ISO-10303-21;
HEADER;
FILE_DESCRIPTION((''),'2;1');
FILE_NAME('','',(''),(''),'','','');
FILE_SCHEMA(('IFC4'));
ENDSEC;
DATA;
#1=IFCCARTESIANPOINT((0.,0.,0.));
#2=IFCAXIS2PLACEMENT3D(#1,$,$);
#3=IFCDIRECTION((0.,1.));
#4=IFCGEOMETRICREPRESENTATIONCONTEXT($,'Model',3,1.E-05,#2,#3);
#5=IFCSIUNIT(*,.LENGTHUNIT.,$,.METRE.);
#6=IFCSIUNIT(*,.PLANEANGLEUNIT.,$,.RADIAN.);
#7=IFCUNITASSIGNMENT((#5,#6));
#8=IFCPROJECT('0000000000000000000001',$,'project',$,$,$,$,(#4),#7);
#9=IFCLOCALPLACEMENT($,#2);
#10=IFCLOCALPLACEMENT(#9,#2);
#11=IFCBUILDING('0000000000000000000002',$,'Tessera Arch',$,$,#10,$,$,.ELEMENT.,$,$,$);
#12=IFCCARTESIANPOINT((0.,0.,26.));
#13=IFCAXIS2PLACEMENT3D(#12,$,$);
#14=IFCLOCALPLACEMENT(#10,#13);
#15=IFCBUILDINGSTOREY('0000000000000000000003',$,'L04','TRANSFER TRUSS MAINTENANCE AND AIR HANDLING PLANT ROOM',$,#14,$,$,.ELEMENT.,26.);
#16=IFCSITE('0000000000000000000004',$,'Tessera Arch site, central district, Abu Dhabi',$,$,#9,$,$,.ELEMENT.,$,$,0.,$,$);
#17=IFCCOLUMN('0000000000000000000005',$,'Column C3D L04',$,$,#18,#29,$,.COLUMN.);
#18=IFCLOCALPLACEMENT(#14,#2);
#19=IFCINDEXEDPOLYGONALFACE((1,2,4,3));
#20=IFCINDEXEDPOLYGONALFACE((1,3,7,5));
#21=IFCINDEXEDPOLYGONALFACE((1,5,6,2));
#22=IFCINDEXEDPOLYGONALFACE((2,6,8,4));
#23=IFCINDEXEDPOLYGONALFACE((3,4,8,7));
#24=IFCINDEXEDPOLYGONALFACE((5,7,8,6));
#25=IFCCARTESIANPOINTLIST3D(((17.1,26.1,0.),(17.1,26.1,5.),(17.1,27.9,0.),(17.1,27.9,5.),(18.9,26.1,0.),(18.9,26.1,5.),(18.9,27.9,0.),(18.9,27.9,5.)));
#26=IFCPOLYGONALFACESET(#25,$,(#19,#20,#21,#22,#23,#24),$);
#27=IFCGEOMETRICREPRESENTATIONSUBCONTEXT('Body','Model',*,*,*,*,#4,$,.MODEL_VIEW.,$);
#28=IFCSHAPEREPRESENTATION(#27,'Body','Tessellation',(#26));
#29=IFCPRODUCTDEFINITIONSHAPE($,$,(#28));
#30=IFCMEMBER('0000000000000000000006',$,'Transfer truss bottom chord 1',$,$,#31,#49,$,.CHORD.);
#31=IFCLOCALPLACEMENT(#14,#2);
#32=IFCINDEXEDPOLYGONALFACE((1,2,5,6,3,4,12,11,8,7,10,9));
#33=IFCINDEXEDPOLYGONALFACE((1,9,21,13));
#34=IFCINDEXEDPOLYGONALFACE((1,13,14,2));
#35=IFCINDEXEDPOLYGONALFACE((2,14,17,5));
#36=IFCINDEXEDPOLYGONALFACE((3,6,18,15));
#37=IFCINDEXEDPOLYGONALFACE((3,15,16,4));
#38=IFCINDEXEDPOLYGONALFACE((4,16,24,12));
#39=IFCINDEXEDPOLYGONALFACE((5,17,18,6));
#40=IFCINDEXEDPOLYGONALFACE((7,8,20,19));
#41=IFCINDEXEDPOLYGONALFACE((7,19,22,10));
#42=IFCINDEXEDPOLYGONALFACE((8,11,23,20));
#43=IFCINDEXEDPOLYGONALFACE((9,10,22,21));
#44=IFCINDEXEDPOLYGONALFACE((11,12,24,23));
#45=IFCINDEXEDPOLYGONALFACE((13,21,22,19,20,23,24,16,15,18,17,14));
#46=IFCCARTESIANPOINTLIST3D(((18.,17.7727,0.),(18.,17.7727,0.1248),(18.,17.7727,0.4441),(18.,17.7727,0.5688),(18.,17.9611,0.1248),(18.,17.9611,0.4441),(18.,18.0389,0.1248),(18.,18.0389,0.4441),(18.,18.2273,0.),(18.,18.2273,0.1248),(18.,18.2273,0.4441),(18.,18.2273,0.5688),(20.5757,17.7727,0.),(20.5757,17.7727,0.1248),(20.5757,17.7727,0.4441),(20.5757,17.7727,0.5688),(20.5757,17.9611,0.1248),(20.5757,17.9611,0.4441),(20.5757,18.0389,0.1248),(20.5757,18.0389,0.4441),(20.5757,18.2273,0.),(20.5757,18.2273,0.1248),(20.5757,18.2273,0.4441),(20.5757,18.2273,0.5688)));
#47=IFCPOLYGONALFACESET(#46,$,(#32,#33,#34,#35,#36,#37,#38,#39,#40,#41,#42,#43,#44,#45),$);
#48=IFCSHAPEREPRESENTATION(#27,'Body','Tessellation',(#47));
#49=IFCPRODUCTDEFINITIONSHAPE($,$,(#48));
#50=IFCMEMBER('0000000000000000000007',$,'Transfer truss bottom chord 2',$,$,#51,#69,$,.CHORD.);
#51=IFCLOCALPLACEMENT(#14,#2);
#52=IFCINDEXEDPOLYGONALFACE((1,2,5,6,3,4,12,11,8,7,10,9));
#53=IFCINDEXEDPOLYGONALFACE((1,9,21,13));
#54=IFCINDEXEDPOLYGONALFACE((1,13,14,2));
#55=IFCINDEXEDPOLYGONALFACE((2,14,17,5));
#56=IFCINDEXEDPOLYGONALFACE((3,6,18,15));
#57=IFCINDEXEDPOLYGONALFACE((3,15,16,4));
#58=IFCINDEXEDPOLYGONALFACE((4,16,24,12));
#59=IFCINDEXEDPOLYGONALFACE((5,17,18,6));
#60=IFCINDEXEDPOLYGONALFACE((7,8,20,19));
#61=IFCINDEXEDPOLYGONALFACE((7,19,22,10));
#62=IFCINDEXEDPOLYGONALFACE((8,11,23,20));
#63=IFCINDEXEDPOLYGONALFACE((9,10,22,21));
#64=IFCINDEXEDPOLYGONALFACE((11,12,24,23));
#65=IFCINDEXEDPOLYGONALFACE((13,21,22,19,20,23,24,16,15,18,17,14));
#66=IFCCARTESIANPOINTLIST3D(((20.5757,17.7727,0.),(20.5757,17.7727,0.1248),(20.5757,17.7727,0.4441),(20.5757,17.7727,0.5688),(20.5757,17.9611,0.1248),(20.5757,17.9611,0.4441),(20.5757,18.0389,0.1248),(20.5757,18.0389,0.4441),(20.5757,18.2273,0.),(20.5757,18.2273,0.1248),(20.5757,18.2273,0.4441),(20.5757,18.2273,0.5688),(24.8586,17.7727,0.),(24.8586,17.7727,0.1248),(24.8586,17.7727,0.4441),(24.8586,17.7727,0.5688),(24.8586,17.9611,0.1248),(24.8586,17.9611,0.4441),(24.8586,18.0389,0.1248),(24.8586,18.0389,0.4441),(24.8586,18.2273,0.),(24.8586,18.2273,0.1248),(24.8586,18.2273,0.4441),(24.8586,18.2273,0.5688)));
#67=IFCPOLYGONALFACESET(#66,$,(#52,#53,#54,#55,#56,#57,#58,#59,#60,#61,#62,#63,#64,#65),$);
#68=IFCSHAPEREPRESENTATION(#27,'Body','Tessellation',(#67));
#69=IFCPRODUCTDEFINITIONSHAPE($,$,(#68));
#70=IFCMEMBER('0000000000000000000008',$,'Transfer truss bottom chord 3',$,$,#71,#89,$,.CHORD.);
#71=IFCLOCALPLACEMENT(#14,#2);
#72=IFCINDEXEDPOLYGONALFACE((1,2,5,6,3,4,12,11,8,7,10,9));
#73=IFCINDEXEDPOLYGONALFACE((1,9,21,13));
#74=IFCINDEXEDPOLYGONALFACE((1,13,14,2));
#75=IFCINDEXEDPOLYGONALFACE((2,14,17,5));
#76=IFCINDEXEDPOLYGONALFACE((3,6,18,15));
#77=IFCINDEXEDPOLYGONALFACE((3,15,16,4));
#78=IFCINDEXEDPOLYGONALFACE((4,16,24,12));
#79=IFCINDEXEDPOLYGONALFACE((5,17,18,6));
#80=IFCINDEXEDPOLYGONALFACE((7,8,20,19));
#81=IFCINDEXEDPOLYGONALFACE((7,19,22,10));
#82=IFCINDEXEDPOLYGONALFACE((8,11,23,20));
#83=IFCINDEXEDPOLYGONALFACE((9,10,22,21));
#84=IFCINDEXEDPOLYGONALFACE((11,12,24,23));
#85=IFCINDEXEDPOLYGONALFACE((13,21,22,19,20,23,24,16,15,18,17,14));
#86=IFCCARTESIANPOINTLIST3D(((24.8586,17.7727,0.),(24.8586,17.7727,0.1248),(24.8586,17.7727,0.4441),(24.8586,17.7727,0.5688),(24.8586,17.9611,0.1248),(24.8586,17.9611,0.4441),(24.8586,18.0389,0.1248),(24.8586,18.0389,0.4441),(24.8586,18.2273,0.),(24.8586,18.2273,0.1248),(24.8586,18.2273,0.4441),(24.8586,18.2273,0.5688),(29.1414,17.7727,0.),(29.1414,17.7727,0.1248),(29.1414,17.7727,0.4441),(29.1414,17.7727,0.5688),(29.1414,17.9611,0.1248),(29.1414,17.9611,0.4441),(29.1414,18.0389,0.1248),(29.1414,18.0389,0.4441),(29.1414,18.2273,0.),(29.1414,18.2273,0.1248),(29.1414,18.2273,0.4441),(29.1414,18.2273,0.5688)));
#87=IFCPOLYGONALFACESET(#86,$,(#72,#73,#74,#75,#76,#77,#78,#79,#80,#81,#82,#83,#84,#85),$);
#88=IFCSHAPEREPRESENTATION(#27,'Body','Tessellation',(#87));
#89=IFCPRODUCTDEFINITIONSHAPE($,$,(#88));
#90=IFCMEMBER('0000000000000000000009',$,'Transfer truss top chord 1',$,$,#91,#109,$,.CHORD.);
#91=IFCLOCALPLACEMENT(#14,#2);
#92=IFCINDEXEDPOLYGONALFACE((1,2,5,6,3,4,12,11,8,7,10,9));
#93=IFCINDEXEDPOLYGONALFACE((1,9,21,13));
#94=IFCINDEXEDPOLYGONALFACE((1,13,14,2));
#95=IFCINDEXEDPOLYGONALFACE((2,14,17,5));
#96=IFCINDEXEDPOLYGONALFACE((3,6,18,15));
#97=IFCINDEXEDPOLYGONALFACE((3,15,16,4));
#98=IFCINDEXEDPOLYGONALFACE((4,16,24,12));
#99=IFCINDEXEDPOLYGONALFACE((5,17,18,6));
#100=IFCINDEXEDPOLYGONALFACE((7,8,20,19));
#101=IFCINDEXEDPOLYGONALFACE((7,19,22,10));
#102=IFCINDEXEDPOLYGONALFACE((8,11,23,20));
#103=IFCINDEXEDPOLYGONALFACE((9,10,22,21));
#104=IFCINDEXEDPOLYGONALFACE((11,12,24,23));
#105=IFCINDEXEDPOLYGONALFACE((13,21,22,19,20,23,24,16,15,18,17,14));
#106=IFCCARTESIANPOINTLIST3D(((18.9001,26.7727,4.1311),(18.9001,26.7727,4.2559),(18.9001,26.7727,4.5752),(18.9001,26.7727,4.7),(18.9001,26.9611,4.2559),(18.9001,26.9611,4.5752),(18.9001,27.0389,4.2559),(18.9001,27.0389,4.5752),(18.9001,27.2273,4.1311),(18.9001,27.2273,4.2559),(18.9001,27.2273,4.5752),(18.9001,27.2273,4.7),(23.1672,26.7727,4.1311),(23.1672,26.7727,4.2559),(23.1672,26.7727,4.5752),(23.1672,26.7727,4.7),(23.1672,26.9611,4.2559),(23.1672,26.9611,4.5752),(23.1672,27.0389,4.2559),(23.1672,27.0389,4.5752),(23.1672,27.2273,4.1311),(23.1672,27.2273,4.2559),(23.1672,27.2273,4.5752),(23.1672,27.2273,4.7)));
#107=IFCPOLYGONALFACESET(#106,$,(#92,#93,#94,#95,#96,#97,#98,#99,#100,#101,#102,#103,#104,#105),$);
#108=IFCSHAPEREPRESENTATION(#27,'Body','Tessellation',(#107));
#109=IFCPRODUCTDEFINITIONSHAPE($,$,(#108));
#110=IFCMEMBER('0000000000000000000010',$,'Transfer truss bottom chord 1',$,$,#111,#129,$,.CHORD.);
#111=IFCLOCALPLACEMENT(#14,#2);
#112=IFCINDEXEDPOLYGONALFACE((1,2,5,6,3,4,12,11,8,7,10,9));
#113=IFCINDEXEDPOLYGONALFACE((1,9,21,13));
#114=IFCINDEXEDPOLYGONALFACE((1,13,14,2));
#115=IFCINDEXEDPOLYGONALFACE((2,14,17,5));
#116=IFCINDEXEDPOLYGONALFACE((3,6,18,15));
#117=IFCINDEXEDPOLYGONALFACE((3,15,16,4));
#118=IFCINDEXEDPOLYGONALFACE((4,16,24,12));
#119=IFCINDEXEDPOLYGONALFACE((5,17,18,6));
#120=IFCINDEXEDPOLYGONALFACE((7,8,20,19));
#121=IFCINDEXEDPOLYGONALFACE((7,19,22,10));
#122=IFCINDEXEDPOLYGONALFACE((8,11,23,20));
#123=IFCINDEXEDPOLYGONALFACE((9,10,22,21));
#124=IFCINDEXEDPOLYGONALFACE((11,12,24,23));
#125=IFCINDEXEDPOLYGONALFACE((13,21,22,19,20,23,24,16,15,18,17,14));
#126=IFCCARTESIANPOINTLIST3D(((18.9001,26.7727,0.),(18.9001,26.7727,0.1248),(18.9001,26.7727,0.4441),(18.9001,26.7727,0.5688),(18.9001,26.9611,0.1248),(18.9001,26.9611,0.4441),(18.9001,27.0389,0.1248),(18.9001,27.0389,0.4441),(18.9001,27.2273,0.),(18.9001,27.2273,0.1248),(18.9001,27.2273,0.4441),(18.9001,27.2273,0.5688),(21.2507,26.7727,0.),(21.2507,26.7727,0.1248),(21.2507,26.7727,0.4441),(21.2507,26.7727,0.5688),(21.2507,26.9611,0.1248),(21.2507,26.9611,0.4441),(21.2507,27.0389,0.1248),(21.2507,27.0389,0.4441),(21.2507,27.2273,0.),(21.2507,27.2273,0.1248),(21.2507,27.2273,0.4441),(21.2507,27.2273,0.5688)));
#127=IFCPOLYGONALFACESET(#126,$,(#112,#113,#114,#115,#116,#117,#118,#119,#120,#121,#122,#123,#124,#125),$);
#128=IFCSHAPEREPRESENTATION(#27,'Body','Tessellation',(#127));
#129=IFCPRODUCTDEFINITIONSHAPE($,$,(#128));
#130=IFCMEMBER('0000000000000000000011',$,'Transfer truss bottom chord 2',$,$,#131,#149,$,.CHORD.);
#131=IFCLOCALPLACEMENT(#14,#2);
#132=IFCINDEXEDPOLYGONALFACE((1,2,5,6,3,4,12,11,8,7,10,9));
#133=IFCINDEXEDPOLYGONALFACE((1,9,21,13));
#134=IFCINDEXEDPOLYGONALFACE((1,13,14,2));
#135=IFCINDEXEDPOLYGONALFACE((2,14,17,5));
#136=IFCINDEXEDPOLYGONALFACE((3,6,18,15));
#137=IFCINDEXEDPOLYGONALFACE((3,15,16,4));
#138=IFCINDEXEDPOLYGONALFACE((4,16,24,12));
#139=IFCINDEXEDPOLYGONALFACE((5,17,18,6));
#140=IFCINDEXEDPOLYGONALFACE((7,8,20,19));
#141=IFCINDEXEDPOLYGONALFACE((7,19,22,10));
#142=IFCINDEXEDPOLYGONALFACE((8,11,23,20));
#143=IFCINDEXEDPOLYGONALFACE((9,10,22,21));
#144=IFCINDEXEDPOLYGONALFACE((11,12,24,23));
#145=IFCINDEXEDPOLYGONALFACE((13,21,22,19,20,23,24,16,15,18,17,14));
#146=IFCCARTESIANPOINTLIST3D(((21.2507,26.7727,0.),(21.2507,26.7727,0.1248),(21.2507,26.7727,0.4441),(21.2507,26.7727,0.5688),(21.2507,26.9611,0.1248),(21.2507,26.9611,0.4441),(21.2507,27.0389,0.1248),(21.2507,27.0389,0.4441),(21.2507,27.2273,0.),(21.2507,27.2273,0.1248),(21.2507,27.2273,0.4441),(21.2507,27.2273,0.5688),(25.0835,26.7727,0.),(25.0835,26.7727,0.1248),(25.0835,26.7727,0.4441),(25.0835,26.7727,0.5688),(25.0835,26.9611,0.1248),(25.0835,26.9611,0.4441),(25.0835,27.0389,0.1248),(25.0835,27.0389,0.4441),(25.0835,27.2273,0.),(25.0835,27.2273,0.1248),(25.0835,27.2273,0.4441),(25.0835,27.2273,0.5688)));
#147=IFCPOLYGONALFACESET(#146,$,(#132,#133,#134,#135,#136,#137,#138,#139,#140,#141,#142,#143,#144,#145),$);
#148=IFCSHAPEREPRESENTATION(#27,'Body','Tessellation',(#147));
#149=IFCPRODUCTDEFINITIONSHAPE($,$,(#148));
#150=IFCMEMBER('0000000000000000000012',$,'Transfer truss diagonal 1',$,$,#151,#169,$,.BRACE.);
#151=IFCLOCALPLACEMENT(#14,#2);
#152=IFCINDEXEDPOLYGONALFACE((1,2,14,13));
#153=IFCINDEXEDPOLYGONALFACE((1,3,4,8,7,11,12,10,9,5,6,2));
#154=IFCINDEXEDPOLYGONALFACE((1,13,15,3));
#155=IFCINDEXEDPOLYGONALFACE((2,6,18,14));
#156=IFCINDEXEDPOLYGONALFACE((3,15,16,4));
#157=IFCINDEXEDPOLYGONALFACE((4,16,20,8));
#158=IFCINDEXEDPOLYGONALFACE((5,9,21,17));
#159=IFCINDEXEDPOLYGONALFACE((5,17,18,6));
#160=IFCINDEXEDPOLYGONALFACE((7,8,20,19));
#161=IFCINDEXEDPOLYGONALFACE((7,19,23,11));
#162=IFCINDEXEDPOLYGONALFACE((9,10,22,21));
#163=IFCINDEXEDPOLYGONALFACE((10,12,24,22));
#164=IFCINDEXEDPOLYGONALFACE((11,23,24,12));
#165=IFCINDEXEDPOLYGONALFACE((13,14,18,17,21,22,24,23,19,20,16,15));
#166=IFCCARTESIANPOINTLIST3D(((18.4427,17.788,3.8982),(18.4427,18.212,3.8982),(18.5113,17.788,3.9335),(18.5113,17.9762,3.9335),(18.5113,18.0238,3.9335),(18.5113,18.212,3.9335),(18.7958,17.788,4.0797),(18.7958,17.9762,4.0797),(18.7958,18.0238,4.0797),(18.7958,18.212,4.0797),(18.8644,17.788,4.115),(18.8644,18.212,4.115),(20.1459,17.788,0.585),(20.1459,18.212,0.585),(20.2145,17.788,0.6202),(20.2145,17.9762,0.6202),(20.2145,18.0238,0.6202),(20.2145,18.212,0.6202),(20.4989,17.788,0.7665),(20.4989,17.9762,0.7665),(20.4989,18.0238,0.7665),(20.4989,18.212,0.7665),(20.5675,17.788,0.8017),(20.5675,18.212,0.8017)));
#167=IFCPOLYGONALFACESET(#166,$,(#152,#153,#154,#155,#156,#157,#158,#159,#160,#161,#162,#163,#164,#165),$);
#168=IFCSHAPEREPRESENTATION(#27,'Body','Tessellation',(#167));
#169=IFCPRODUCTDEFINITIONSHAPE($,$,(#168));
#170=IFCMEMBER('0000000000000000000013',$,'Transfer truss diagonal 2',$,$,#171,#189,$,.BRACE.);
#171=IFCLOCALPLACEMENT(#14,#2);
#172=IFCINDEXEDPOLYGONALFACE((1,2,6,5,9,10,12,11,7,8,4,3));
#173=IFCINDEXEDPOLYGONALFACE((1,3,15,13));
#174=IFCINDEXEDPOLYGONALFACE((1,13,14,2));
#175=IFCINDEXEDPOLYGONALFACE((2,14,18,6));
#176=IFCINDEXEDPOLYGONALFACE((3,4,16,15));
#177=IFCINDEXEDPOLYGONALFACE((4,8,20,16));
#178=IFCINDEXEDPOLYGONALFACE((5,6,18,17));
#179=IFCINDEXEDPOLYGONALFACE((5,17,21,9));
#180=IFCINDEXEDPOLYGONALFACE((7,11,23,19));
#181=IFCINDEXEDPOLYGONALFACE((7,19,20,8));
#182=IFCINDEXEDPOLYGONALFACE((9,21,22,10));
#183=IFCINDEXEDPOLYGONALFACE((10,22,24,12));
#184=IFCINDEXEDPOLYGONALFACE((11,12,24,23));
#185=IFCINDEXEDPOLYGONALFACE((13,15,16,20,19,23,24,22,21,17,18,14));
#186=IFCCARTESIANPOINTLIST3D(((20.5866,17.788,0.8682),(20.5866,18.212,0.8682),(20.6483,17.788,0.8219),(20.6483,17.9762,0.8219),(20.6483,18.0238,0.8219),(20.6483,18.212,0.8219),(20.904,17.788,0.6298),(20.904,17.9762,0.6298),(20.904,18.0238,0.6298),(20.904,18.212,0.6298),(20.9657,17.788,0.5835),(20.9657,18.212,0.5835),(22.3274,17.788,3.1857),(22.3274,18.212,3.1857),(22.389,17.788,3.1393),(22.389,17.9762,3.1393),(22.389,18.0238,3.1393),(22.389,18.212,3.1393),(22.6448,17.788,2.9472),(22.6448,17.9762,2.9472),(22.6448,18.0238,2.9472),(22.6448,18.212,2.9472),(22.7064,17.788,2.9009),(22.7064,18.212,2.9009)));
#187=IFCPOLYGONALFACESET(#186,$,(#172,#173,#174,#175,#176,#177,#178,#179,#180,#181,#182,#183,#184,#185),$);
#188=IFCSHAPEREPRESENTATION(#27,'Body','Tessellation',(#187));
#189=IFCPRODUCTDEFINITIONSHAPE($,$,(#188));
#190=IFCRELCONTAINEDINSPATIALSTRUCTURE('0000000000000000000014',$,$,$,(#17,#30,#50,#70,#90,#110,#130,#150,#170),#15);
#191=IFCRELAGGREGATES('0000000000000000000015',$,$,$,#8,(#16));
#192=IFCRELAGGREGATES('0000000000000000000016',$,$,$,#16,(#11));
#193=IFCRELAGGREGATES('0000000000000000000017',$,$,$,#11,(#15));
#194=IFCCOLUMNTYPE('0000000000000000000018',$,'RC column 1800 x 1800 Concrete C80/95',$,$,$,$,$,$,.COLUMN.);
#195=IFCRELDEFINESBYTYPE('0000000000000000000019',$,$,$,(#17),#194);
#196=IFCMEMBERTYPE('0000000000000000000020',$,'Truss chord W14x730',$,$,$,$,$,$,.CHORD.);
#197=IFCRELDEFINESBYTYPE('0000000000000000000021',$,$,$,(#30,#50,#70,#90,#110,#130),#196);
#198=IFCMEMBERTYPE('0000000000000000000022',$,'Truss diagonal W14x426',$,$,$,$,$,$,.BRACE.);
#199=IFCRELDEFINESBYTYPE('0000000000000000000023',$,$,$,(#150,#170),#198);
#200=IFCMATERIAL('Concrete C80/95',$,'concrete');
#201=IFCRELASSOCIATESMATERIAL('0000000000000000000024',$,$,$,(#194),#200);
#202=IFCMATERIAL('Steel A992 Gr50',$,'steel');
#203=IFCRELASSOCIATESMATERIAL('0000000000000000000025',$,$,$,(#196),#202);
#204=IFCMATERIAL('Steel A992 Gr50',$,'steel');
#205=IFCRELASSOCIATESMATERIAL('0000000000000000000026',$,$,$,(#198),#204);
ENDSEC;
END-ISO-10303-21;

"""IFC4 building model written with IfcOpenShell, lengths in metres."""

from ifc_helpers import new_model, si_unit, direction, frame, origin, origin_2d, place, context, subcontext, project, spatial, rectangle, i_section, extrude, material, material_profile, profile_set, type_object, element, save


model = new_model("IFC4")

# Units and contexts
model_context = context("Model", 3, precision=1e-05, world=origin(), true_north=direction((0.0, 1.0)))
body_context = subcontext(model_context, "Body", "Model", "MODEL_VIEW")
ifc_project = project(units=[si_unit("LENGTHUNIT", "METRE"), si_unit("PLANEANGLEUNIT", "RADIAN")], contexts=[model_context])

# Site, building, storey
site_placement = place(None, origin())
site = spatial("IfcSite", under=ifc_project, at=site_placement, Name="Tessera Arch site, central district, Abu Dhabi", CompositionType="ELEMENT", RefElevation=0.0)
building_placement = place(site_placement, origin())
building = spatial("IfcBuilding", under=site, at=building_placement, Name="Tessera Arch", CompositionType="ELEMENT")
storey_placement = place(building_placement, frame((0.0, 0.0, 26.0)))
storey = spatial("IfcBuildingStorey", under=building, at=storey_placement, Name="L04", Description="TRANSFER TRUSS MAINTENANCE AND AIR HANDLING PLANT ROOM", CompositionType="ELEMENT", Elevation=26.0)

# Column
ifc_material_1 = material(Name="Concrete C80/95", Category="concrete")
ifc_material_profile_1 = material_profile(ifc_material_1, rectangle(XDim=1.8, YDim=1.8, at=origin_2d()), Name="RC column 1800 x 1800 Concrete C80/95")
ifc_profile_set_1 = profile_set([ifc_material_profile_1], Name="Concrete C80/95")
column_type = type_object("IfcColumnType", Name="RC column 1800 x 1800 Concrete C80/95", PredefinedType="COLUMN", material=ifc_profile_set_1)
column_placement = place(storey_placement, frame((18.0, 27.0, 0.0), z_axis=(0.0, 0.0, 1.0), x_axis=(1.0, 0.0, 0.0)))
element("IfcColumn", 1, at=column_placement, inside=storey, type_object=column_type, Name="Column C3D L04", PredefinedType="COLUMN", context=body_context, shape_type="SweptSolid", body=[
    extrude(rectangle(XDim=1.8, YDim=1.8, at=origin_2d()), origin(), (0.0, 0.0, 1.0), 5.0),
])

# Members
ifc_material_2 = material(Name="Steel A992 Gr50", Category="steel")
ifc_material_profile_2 = material_profile(ifc_material_2, i_section(OverallWidth=0.4546, OverallDepth=0.5688, WebThickness=0.0779, FlangeThickness=0.1248, at=origin_2d()), Name="W14x730")
ifc_profile_set_2 = profile_set([ifc_material_profile_2], Name="Steel A992 Gr50")
member_type_1 = type_object("IfcMemberType", Name="Truss chord W14x730", PredefinedType="CHORD", material=ifc_profile_set_2)
member_1_placement = place(storey_placement, frame((18.0, 18.0, 0.2844), z_axis=(1.0, 0.0, 0.0), x_axis=(0.0, 1.0, 0.0)))
element("IfcMember", 2, at=member_1_placement, inside=storey, type_object=member_type_1, Name="Transfer truss bottom chord 1", PredefinedType="CHORD", context=body_context, shape_type="SweptSolid", body=[
    extrude(i_section(OverallWidth=0.4546, OverallDepth=0.5688, WebThickness=0.0779, FlangeThickness=0.1248, at=origin_2d()), origin(), (0.0, 0.0, 1.0), 2.5757),
])
member_2_placement = place(storey_placement, frame((20.5757, 18.0, 0.2844), z_axis=(1.0, 0.0, 0.0), x_axis=(0.0, 1.0, 0.0)))
element("IfcMember", 3, at=member_2_placement, inside=storey, type_object=member_type_1, Name="Transfer truss bottom chord 2", PredefinedType="CHORD", context=body_context, shape_type="SweptSolid", body=[
    extrude(i_section(OverallWidth=0.4546, OverallDepth=0.5688, WebThickness=0.0779, FlangeThickness=0.1248, at=origin_2d()), origin(), (0.0, 0.0, 1.0), 4.283),
])
member_3_placement = place(storey_placement, frame((24.8586, 18.0, 0.2844), z_axis=(1.0, 0.0, 0.0), x_axis=(0.0, 1.0, 0.0)))
element("IfcMember", 4, at=member_3_placement, inside=storey, type_object=member_type_1, Name="Transfer truss bottom chord 3", PredefinedType="CHORD", context=body_context, shape_type="SweptSolid", body=[
    extrude(i_section(OverallWidth=0.4546, OverallDepth=0.5688, WebThickness=0.0779, FlangeThickness=0.1248, at=origin_2d()), origin(), (0.0, 0.0, 1.0), 4.2827),
])
member_4_placement = place(storey_placement, frame((18.9001, 27.0, 4.4155), z_axis=(1.0, 0.0, 0.0), x_axis=(0.0, 1.0, 0.0)))
element("IfcMember", 5, at=member_4_placement, inside=storey, type_object=member_type_1, Name="Transfer truss top chord 1", PredefinedType="CHORD", context=body_context, shape_type="SweptSolid", body=[
    extrude(i_section(OverallWidth=0.4546, OverallDepth=0.5688, WebThickness=0.0779, FlangeThickness=0.1248, at=origin_2d()), origin(), (0.0, 0.0, 1.0), 4.2671),
])
member_5_placement = place(storey_placement, frame((18.9001, 27.0, 0.2844), z_axis=(1.0, 0.0, 0.0), x_axis=(0.0, 1.0, 0.0)))
element("IfcMember", 6, at=member_5_placement, inside=storey, type_object=member_type_1, Name="Transfer truss bottom chord 1", PredefinedType="CHORD", context=body_context, shape_type="SweptSolid", body=[
    extrude(i_section(OverallWidth=0.4546, OverallDepth=0.5688, WebThickness=0.0779, FlangeThickness=0.1248, at=origin_2d()), origin(), (0.0, 0.0, 1.0), 2.3506),
])
member_6_placement = place(storey_placement, frame((21.2507, 27.0, 0.2844), z_axis=(1.0, 0.0, 0.0), x_axis=(0.0, 1.0, 0.0)))
element("IfcMember", 7, at=member_6_placement, inside=storey, type_object=member_type_1, Name="Transfer truss bottom chord 2", PredefinedType="CHORD", context=body_context, shape_type="SweptSolid", body=[
    extrude(i_section(OverallWidth=0.4546, OverallDepth=0.5688, WebThickness=0.0779, FlangeThickness=0.1248, at=origin_2d()), origin(), (0.0, 0.0, 1.0), 3.8328),
])
ifc_material_3 = material(Name="Steel A992 Gr50", Category="steel")
ifc_material_profile_3 = material_profile(ifc_material_3, i_section(OverallWidth=0.4241, OverallDepth=0.4741, WebThickness=0.0476, FlangeThickness=0.0771, at=origin_2d()), Name="W14x426")
ifc_profile_set_3 = profile_set([ifc_material_profile_3], Name="Steel A992 Gr50")
member_type_2 = type_object("IfcMemberType", Name="Truss diagonal W14x426", PredefinedType="BRACE", material=ifc_profile_set_3)
member_7_placement = place(storey_placement, frame((18.6536, 18.0, 4.0066), z_axis=(0.457173, 0.0, -0.889378), x_axis=(0.0, 1.0, 0.0)))
element("IfcMember", 8, at=member_7_placement, inside=storey, type_object=member_type_2, Name="Transfer truss diagonal 1", PredefinedType="BRACE", context=body_context, shape_type="SweptSolid", body=[
    extrude(i_section(OverallWidth=0.4241, OverallDepth=0.4741, WebThickness=0.0476, FlangeThickness=0.0771, at=origin_2d()), origin(), (0.0, 0.0, 1.0), 3.7253),
])
for number, where, z_axis, x_axis, name in (
    (9, (20.7761, 18.0, 0.7258), (0.600593, 0.0, 0.799555), (0.0, 1.0, 0.0), "Transfer truss diagonal 2"),
):
    element("IfcMember", number, at=place(storey_placement, frame(where, z_axis=z_axis, x_axis=x_axis)), inside=storey, type_object=member_type_2, Name=name, PredefinedType="BRACE", context=body_context, shape_type="SweptSolid", body=[
        extrude(i_section(OverallWidth=0.4241, OverallDepth=0.4741, WebThickness=0.0476, FlangeThickness=0.0771, at=origin_2d()), origin(), (0.0, 0.0, 1.0), 2.8984),
    ])

save(model, "model.ifc")
